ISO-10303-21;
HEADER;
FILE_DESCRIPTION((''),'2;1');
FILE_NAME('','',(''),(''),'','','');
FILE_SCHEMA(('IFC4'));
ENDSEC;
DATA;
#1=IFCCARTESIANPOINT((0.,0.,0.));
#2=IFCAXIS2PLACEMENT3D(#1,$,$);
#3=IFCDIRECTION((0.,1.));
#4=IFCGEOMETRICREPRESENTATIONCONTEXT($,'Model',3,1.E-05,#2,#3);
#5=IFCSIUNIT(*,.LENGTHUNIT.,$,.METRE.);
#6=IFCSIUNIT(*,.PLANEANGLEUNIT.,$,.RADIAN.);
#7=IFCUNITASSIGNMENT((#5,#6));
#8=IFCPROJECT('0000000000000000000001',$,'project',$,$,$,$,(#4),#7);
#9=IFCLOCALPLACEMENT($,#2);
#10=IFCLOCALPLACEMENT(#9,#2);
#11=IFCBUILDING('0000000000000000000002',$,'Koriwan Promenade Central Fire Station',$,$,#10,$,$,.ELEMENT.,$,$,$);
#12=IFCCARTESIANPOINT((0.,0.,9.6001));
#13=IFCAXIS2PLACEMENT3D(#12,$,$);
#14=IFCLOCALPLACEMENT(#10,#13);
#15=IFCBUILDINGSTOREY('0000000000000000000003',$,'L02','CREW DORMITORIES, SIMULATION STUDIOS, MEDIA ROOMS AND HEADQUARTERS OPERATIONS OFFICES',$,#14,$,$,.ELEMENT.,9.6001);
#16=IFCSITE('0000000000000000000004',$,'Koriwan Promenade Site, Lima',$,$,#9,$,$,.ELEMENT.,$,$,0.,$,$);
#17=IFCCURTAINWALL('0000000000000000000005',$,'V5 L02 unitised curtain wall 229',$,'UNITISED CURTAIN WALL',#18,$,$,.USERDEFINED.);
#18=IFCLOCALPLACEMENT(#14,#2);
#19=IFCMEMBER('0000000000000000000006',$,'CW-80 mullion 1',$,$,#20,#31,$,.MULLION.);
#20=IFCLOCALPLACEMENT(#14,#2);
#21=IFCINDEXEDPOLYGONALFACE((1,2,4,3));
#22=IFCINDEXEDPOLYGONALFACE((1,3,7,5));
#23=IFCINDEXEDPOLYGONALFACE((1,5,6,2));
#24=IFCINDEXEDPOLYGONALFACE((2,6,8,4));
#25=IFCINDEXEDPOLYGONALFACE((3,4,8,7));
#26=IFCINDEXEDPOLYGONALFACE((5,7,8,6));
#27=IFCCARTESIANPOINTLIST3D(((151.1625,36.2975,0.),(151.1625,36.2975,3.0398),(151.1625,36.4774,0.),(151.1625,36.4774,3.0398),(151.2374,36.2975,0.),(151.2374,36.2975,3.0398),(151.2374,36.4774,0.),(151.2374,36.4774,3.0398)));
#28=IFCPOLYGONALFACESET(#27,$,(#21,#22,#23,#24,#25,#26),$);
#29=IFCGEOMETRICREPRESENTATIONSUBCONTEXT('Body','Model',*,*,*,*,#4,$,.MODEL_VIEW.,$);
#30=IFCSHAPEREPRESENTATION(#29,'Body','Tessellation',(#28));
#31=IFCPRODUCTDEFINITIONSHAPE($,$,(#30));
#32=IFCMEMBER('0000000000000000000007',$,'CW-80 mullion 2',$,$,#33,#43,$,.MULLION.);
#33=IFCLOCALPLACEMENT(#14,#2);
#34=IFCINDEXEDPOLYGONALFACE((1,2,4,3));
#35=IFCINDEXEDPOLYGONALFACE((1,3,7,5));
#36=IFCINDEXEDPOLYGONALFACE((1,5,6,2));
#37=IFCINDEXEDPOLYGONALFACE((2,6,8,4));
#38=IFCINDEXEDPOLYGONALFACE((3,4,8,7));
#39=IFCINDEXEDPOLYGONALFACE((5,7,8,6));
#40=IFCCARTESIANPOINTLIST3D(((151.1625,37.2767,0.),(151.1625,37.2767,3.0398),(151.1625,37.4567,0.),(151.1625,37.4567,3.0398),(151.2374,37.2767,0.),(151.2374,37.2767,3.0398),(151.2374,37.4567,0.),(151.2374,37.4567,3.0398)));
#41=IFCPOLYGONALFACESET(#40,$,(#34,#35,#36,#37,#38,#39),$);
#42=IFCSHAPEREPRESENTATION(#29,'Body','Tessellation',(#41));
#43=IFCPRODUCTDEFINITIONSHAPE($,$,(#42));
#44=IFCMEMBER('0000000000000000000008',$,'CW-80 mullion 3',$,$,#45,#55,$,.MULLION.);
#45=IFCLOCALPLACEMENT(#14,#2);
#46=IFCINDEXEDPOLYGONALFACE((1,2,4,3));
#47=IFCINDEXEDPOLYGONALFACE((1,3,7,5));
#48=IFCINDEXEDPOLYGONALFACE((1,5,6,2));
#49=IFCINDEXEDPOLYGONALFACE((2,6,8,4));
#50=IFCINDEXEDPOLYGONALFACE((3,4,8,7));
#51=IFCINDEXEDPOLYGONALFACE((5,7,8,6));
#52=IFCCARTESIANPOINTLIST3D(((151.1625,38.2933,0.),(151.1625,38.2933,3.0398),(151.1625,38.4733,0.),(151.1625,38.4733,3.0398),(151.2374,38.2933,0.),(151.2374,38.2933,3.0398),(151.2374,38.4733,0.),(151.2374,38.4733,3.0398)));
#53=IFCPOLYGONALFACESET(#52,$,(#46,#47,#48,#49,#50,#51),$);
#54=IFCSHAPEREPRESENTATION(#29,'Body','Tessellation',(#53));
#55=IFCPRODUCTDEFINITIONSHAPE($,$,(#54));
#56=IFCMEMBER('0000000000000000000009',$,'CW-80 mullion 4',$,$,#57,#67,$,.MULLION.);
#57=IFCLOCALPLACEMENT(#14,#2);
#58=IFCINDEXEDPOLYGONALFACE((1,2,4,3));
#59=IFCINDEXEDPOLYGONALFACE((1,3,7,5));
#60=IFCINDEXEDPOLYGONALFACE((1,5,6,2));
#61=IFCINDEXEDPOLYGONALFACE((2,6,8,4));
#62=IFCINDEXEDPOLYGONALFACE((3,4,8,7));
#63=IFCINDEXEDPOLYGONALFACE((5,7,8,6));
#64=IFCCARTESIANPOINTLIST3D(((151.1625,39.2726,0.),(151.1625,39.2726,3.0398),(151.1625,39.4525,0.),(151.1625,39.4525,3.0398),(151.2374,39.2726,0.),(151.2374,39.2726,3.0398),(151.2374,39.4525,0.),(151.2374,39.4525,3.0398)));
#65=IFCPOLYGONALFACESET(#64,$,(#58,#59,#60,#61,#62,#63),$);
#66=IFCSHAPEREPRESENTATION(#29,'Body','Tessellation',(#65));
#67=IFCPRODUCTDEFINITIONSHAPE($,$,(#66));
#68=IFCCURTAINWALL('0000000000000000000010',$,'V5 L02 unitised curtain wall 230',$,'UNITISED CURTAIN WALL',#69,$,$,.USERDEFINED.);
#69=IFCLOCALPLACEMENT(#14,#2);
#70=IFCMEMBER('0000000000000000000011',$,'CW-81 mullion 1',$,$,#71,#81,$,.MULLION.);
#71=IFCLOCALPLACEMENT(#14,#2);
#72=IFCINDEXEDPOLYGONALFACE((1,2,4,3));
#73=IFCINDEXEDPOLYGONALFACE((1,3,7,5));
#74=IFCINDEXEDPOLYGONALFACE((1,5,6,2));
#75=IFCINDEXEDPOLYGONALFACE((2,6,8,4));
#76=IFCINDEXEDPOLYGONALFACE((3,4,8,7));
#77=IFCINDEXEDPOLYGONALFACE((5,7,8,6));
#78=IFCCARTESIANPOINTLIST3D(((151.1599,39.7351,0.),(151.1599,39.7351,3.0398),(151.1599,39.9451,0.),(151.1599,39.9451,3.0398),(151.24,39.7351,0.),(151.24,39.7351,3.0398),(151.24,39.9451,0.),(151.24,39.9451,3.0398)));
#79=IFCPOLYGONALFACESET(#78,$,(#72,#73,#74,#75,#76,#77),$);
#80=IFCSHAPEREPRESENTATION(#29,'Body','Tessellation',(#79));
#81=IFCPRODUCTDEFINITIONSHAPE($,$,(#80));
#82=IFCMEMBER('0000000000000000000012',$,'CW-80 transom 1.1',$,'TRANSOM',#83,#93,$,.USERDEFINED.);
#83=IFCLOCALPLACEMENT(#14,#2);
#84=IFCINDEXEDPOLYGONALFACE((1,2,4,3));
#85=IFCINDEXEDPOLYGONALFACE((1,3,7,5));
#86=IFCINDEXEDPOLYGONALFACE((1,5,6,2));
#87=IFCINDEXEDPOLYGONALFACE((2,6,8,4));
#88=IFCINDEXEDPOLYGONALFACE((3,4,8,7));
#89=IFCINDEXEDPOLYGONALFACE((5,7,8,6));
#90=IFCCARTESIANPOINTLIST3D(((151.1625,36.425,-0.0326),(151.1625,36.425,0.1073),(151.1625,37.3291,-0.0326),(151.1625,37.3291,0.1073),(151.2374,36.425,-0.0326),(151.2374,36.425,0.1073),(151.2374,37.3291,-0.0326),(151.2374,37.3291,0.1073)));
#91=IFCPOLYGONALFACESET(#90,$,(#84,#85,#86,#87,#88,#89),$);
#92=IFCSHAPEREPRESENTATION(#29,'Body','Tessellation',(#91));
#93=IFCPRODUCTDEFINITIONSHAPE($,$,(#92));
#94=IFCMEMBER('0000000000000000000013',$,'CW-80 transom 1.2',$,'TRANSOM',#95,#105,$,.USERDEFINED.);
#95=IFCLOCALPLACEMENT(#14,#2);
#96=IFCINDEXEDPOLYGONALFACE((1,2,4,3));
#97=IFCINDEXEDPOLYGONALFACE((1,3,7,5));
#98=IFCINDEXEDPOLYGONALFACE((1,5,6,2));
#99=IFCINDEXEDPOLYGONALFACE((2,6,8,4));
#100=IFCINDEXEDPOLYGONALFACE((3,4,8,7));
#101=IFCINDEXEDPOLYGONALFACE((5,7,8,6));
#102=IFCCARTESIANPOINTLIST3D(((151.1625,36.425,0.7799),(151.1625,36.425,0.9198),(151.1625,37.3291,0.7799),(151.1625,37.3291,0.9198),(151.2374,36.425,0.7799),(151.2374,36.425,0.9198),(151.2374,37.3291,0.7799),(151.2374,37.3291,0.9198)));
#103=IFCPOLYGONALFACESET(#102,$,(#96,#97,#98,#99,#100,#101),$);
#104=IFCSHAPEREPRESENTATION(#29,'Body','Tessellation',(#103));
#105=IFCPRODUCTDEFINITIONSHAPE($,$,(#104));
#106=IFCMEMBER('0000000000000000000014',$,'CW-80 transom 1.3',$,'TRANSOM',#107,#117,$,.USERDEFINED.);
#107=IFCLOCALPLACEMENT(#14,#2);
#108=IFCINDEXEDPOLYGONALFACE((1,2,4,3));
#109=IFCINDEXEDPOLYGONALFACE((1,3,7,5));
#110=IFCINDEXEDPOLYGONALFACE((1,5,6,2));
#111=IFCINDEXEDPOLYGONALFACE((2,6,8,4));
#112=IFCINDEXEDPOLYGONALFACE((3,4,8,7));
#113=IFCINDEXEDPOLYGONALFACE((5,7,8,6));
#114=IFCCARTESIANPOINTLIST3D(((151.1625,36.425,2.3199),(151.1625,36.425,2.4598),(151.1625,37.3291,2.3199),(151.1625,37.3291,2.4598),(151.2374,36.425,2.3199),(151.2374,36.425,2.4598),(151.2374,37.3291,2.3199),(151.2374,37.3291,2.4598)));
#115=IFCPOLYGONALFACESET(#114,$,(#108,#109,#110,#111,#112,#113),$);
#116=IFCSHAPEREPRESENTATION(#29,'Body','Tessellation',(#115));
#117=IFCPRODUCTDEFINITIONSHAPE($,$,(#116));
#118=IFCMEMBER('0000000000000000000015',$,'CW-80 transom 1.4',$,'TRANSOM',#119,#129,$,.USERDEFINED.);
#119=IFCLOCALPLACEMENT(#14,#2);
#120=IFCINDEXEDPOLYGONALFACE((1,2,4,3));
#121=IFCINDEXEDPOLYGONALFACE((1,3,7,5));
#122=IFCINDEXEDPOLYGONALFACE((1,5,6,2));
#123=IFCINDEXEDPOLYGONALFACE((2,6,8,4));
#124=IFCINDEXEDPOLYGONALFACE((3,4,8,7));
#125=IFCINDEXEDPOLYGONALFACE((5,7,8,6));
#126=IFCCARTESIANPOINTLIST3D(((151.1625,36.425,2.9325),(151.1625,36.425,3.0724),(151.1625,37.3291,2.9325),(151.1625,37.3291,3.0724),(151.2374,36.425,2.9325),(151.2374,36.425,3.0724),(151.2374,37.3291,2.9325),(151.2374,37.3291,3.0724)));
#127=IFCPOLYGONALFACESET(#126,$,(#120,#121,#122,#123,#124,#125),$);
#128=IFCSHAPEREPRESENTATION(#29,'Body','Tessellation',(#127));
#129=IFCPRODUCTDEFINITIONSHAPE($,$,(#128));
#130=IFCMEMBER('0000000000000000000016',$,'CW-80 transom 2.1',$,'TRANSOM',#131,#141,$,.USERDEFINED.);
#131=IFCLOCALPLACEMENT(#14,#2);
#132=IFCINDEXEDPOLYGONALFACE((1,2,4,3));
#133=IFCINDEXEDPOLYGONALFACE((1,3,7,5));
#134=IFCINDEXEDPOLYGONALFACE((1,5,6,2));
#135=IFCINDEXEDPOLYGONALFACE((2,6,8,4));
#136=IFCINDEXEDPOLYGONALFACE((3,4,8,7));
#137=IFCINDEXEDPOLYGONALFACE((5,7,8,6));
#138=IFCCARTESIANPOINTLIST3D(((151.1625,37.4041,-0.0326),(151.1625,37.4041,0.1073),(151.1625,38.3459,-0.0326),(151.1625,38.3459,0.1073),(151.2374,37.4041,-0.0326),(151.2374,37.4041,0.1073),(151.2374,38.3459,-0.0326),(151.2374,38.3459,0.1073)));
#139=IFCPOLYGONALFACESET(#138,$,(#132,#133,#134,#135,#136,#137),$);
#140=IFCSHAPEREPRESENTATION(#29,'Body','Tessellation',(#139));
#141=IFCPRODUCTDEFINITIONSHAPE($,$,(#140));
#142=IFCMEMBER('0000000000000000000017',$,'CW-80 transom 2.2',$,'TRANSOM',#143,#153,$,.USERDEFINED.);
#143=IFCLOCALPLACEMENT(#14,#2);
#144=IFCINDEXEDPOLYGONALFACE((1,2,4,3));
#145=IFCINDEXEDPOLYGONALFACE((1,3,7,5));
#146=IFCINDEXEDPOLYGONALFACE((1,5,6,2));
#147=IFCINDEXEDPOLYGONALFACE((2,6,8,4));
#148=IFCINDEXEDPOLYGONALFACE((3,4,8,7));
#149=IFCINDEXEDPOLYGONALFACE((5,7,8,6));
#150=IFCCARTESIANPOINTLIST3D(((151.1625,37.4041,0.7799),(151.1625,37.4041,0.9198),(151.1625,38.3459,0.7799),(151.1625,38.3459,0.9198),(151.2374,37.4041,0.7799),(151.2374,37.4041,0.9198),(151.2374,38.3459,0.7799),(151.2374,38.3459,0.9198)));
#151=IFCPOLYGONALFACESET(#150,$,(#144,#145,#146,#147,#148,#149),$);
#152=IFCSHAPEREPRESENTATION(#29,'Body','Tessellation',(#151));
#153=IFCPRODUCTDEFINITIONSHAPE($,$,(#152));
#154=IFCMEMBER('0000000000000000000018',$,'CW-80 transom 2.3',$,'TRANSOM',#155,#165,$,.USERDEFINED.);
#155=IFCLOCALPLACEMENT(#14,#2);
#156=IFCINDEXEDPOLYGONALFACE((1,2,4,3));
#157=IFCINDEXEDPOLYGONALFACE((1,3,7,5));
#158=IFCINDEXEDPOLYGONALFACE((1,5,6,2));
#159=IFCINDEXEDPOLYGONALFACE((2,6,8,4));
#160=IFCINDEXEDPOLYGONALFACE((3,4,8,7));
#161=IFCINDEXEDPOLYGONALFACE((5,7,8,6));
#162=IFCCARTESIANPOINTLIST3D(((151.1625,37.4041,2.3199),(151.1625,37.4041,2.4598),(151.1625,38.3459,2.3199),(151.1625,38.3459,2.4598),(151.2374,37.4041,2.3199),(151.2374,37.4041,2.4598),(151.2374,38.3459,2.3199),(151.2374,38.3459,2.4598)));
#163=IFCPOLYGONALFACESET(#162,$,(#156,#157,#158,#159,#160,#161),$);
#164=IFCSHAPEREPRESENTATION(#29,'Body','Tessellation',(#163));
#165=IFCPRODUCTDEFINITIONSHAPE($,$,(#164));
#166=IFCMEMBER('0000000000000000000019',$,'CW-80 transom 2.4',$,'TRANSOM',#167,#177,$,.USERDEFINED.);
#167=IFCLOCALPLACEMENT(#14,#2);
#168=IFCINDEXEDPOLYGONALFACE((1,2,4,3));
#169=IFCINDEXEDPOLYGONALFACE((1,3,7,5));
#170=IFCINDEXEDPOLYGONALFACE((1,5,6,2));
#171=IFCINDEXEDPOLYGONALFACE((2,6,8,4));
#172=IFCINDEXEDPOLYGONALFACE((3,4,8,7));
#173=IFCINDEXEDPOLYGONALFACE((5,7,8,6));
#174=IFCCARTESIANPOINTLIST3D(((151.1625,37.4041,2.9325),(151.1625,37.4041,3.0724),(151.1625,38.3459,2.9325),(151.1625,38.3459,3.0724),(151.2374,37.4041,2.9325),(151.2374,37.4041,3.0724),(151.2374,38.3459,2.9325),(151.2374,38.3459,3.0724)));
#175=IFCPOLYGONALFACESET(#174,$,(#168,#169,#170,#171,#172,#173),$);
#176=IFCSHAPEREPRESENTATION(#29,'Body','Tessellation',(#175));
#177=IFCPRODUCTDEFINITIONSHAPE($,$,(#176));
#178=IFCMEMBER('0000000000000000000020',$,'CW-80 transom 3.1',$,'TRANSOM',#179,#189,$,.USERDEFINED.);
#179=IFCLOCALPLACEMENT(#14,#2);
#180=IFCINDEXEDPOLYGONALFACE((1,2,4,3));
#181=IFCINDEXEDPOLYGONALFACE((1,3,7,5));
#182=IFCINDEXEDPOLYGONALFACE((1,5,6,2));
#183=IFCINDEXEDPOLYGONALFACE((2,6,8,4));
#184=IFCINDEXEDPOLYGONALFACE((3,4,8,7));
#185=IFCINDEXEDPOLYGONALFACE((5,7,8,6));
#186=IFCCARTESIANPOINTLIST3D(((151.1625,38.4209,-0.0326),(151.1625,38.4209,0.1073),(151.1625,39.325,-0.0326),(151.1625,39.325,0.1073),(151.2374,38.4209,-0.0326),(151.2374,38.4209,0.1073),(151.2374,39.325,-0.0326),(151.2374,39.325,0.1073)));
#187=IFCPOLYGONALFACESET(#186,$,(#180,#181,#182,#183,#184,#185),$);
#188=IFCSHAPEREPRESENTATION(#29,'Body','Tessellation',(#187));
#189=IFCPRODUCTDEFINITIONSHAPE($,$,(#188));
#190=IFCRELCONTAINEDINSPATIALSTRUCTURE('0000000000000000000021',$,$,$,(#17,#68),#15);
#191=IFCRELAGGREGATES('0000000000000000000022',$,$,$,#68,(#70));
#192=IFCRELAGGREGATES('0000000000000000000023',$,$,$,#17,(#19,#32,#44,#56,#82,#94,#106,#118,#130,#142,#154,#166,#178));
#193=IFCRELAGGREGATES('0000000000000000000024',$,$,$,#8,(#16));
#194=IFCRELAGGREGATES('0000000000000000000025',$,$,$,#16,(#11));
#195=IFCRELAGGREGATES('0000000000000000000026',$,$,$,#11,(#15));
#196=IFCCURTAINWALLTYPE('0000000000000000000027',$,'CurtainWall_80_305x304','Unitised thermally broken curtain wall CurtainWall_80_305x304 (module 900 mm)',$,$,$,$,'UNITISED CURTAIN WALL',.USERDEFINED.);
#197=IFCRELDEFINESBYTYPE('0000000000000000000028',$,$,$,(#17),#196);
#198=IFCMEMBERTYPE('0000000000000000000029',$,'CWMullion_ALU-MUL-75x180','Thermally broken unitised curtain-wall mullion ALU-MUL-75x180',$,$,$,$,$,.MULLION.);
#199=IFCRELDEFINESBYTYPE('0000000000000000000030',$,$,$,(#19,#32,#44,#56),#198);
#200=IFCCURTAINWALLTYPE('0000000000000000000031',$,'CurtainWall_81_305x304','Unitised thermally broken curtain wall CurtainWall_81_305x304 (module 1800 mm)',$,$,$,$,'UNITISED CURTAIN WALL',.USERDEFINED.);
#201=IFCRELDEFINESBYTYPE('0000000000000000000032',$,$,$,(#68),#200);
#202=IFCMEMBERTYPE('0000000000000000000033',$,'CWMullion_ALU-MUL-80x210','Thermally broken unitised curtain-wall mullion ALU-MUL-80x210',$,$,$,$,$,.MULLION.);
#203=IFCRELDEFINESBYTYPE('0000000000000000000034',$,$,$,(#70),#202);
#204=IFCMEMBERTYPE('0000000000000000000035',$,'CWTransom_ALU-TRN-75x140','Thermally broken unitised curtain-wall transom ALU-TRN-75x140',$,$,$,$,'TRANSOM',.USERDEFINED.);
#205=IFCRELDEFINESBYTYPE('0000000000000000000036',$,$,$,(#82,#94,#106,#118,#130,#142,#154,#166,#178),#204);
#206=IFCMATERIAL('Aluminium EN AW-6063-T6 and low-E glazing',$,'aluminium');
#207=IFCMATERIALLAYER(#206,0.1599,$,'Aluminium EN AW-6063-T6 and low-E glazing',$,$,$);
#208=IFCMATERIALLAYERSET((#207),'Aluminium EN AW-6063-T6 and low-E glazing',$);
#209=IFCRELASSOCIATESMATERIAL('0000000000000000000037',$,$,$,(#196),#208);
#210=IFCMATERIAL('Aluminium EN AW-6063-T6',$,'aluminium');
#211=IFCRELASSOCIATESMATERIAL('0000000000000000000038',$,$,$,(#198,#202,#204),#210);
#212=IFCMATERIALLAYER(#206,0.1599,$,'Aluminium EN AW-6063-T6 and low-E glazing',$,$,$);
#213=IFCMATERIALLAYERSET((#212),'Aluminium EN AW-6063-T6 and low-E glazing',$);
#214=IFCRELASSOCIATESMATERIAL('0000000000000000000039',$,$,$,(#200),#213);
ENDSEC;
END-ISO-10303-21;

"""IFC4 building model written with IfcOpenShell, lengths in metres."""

from ifc_helpers import new_model, si_unit, direction, frame, origin, origin_2d, place, context, subcontext, project, spatial, rectangle, extrude, material, layer, layer_set, material_profile, profile_set, type_object, element, aggregate, save


model = new_model("IFC4")

# Units and contexts
model_context = context("Model", 3, precision=1e-05, world=origin(), true_north=direction((0.0, 1.0)))
body_context = subcontext(model_context, "Body", "Model", "MODEL_VIEW")
ifc_project = project(units=[si_unit("LENGTHUNIT", "METRE"), si_unit("PLANEANGLEUNIT", "RADIAN")], contexts=[model_context])

# Site, building, storey
site_placement = place(None, origin())
site = spatial("IfcSite", under=ifc_project, at=site_placement, Name="Koriwan Promenade Site, Lima", CompositionType="ELEMENT", RefElevation=0.0)
building_placement = place(site_placement, origin())
building = spatial("IfcBuilding", under=site, at=building_placement, Name="Koriwan Promenade Central Fire Station", CompositionType="ELEMENT")
storey_placement = place(building_placement, frame((0.0, 0.0, 9.6001)))
storey = spatial("IfcBuildingStorey", under=building, at=storey_placement, Name="L02", Description="CREW DORMITORIES, SIMULATION STUDIOS, MEDIA ROOMS AND HEADQUARTERS OPERATIONS OFFICES", CompositionType="ELEMENT", Elevation=9.6001)

# Curtain wall, members
ifc_material_1 = material(Name="Aluminium EN AW-6063-T6 and low-E glazing", Category="aluminium")
ifc_layer_1 = layer(ifc_material_1, 0.1599, Name="Aluminium EN AW-6063-T6 and low-E glazing")
ifc_layer_set_1 = layer_set([ifc_layer_1], Name="Aluminium EN AW-6063-T6 and low-E glazing")
curtain_wall_type_1 = type_object("IfcCurtainWallType", Name="CurtainWall_80_305x304", Description="Unitised thermally broken curtain wall CurtainWall_80_305x304 (module 900 mm)", ElementType="UNITISED CURTAIN WALL", PredefinedType="USERDEFINED", material=ifc_layer_set_1)
curtain_wall_1_placement = place(storey_placement, origin())
curtain_wall_1 = element("IfcCurtainWall", 1, at=curtain_wall_1_placement, inside=storey, type_object=curtain_wall_type_1, Name="V5 L02 unitised curtain wall 229", ObjectType="UNITISED CURTAIN WALL", PredefinedType="USERDEFINED")
ifc_material_2 = material(Name="Aluminium EN AW-6063-T6", Category="aluminium")
ifc_material_profile_1 = material_profile(ifc_material_2, rectangle(XDim=0.075, YDim=0.1799, at=origin_2d()), Name="ALU-MUL-75x180")
ifc_profile_set_1 = profile_set([ifc_material_profile_1], Name="Aluminium EN AW-6063-T6")
member_type_1 = type_object("IfcMemberType", Name="CWMullion_ALU-MUL-75x180", Description="Thermally broken unitised curtain-wall mullion ALU-MUL-75x180", PredefinedType="MULLION", material=ifc_profile_set_1)
member_1_placement = place(storey_placement, frame((151.2, 36.3875, 0.0), z_axis=(0.0, 0.0, 1.0), x_axis=(-1.0, 0.0, 0.0)))
member_1 = element("IfcMember", 2, at=member_1_placement, type_object=member_type_1, Name="CW-80 mullion 1", PredefinedType="MULLION", context=body_context, shape_type="SweptSolid", body=[
    extrude(rectangle(XDim=0.075, YDim=0.1799, at=origin_2d()), origin(), (0.0, 0.0, 1.0), 3.0398),
])
member_2_placement = place(storey_placement, frame((151.2, 37.3667, 0.0), z_axis=(0.0, 0.0, 1.0), x_axis=(-1.0, 0.0, 0.0)))
member_2 = element("IfcMember", 3, at=member_2_placement, type_object=member_type_1, Name="CW-80 mullion 2", PredefinedType="MULLION", context=body_context, shape_type="SweptSolid", body=[
    extrude(rectangle(XDim=0.075, YDim=0.1799, at=origin_2d()), origin(), (0.0, 0.0, 1.0), 3.0398),
])
member_3_placement = place(storey_placement, frame((151.2, 38.3833, 0.0), z_axis=(0.0, 0.0, 1.0), x_axis=(-1.0, 0.0, 0.0)))
member_3 = element("IfcMember", 4, at=member_3_placement, type_object=member_type_1, Name="CW-80 mullion 3", PredefinedType="MULLION", context=body_context, shape_type="SweptSolid", body=[
    extrude(rectangle(XDim=0.075, YDim=0.1799, at=origin_2d()), origin(), (0.0, 0.0, 1.0), 3.0398),
])
member_4_placement = place(storey_placement, frame((151.2, 39.3625, 0.0), z_axis=(0.0, 0.0, 1.0), x_axis=(-1.0, 0.0, 0.0)))
member_4 = element("IfcMember", 5, at=member_4_placement, type_object=member_type_1, Name="CW-80 mullion 4", PredefinedType="MULLION", context=body_context, shape_type="SweptSolid", body=[
    extrude(rectangle(XDim=0.075, YDim=0.1799, at=origin_2d()), origin(), (0.0, 0.0, 1.0), 3.0398),
])

# Curtain wall, member
ifc_layer_2 = layer(ifc_material_1, 0.1599, Name="Aluminium EN AW-6063-T6 and low-E glazing")
ifc_layer_set_2 = layer_set([ifc_layer_2], Name="Aluminium EN AW-6063-T6 and low-E glazing")
curtain_wall_type_2 = type_object("IfcCurtainWallType", Name="CurtainWall_81_305x304", Description="Unitised thermally broken curtain wall CurtainWall_81_305x304 (module 1800 mm)", ElementType="UNITISED CURTAIN WALL", PredefinedType="USERDEFINED", material=ifc_layer_set_2)
curtain_wall_2_placement = place(storey_placement, origin())
curtain_wall_2 = element("IfcCurtainWall", 6, at=curtain_wall_2_placement, inside=storey, type_object=curtain_wall_type_2, Name="V5 L02 unitised curtain wall 230", ObjectType="UNITISED CURTAIN WALL", PredefinedType="USERDEFINED")
ifc_material_profile_2 = material_profile(ifc_material_2, rectangle(XDim=0.0801, YDim=0.21, at=origin_2d()), Name="ALU-MUL-80x210")
ifc_profile_set_2 = profile_set([ifc_material_profile_2], Name="Aluminium EN AW-6063-T6")
member_type_2 = type_object("IfcMemberType", Name="CWMullion_ALU-MUL-80x210", Description="Thermally broken unitised curtain-wall mullion ALU-MUL-80x210", PredefinedType="MULLION", material=ifc_profile_set_2)
member_5_placement = place(storey_placement, frame((151.2, 39.8401, 0.0), z_axis=(0.0, 0.0, 1.0), x_axis=(-1.0, 0.0, 0.0)))
member_5 = element("IfcMember", 7, at=member_5_placement, type_object=member_type_2, Name="CW-81 mullion 1", PredefinedType="MULLION", context=body_context, shape_type="SweptSolid", body=[
    extrude(rectangle(XDim=0.0801, YDim=0.21, at=origin_2d()), origin(), (0.0, 0.0, 1.0), 3.0398),
])

# Members
ifc_material_profile_3 = material_profile(ifc_material_2, rectangle(XDim=0.075, YDim=0.1399, at=origin_2d()), Name="ALU-TRN-75x140")
ifc_profile_set_3 = profile_set([ifc_material_profile_3], Name="Aluminium EN AW-6063-T6")
member_type_3 = type_object("IfcMemberType", Name="CWTransom_ALU-TRN-75x140", Description="Thermally broken unitised curtain-wall transom ALU-TRN-75x140", ElementType="TRANSOM", PredefinedType="USERDEFINED", material=ifc_profile_set_3)
member_6_placement = place(storey_placement, frame((151.2, 36.425, 0.0374), z_axis=(0.0, 1.0, 0.0), x_axis=(-1.0, 0.0, 0.0)))
member_6 = element("IfcMember", 8, at=member_6_placement, type_object=member_type_3, Name="CW-80 transom 1.1", ObjectType="TRANSOM", PredefinedType="USERDEFINED", context=body_context, shape_type="SweptSolid", body=[
    extrude(rectangle(XDim=0.075, YDim=0.1399, at=origin_2d()), origin(), (0.0, 0.0, 1.0), 0.9041),
])
member_7_placement = place(storey_placement, frame((151.2, 36.425, 0.8499), z_axis=(0.0, 1.0, 0.0), x_axis=(-1.0, 0.0, 0.0)))
member_7 = element("IfcMember", 9, at=member_7_placement, type_object=member_type_3, Name="CW-80 transom 1.2", ObjectType="TRANSOM", PredefinedType="USERDEFINED", context=body_context, shape_type="SweptSolid", body=[
    extrude(rectangle(XDim=0.075, YDim=0.1399, at=origin_2d()), origin(), (0.0, 0.0, 1.0), 0.9041),
])
member_8_placement = place(storey_placement, frame((151.2, 36.425, 2.3899), z_axis=(0.0, 1.0, 0.0), x_axis=(-1.0, 0.0, 0.0)))
member_8 = element("IfcMember", 10, at=member_8_placement, type_object=member_type_3, Name="CW-80 transom 1.3", ObjectType="TRANSOM", PredefinedType="USERDEFINED", context=body_context, shape_type="SweptSolid", body=[
    extrude(rectangle(XDim=0.075, YDim=0.1399, at=origin_2d()), origin(), (0.0, 0.0, 1.0), 0.9041),
])
member_9_placement = place(storey_placement, frame((151.2, 36.425, 3.0024), z_axis=(0.0, 1.0, 0.0), x_axis=(-1.0, 0.0, 0.0)))
member_9 = element("IfcMember", 11, at=member_9_placement, type_object=member_type_3, Name="CW-80 transom 1.4", ObjectType="TRANSOM", PredefinedType="USERDEFINED", context=body_context, shape_type="SweptSolid", body=[
    extrude(rectangle(XDim=0.075, YDim=0.1399, at=origin_2d()), origin(), (0.0, 0.0, 1.0), 0.9041),
])
member_10_placement = place(storey_placement, frame((151.2, 37.4041, 0.0374), z_axis=(0.0, 1.0, 0.0), x_axis=(-1.0, 0.0, 0.0)))
member_10 = element("IfcMember", 12, at=member_10_placement, type_object=member_type_3, Name="CW-80 transom 2.1", ObjectType="TRANSOM", PredefinedType="USERDEFINED", context=body_context, shape_type="SweptSolid", body=[
    extrude(rectangle(XDim=0.075, YDim=0.1399, at=origin_2d()), origin(), (0.0, 0.0, 1.0), 0.9419),
])
member_11_placement = place(storey_placement, frame((151.2, 37.4041, 0.8499), z_axis=(0.0, 1.0, 0.0), x_axis=(-1.0, 0.0, 0.0)))
member_11 = element("IfcMember", 13, at=member_11_placement, type_object=member_type_3, Name="CW-80 transom 2.2", ObjectType="TRANSOM", PredefinedType="USERDEFINED", context=body_context, shape_type="SweptSolid", body=[
    extrude(rectangle(XDim=0.075, YDim=0.1399, at=origin_2d()), origin(), (0.0, 0.0, 1.0), 0.9419),
])
member_12_placement = place(storey_placement, frame((151.2, 37.4041, 2.3899), z_axis=(0.0, 1.0, 0.0), x_axis=(-1.0, 0.0, 0.0)))
member_12 = element("IfcMember", 14, at=member_12_placement, type_object=member_type_3, Name="CW-80 transom 2.3", ObjectType="TRANSOM", PredefinedType="USERDEFINED", context=body_context, shape_type="SweptSolid", body=[
    extrude(rectangle(XDim=0.075, YDim=0.1399, at=origin_2d()), origin(), (0.0, 0.0, 1.0), 0.9419),
])
member_13_placement = place(storey_placement, frame((151.2, 37.4041, 3.0024), z_axis=(0.0, 1.0, 0.0), x_axis=(-1.0, 0.0, 0.0)))
member_13 = element("IfcMember", 15, at=member_13_placement, type_object=member_type_3, Name="CW-80 transom 2.4", ObjectType="TRANSOM", PredefinedType="USERDEFINED", context=body_context, shape_type="SweptSolid", body=[
    extrude(rectangle(XDim=0.075, YDim=0.1399, at=origin_2d()), origin(), (0.0, 0.0, 1.0), 0.9419),
])
member_14_placement = place(storey_placement, frame((151.2, 38.4209, 0.0374), z_axis=(0.0, 1.0, 0.0), x_axis=(-1.0, 0.0, 0.0)))
member_14 = element("IfcMember", 16, at=member_14_placement, type_object=member_type_3, Name="CW-80 transom 3.1", ObjectType="TRANSOM", PredefinedType="USERDEFINED", context=body_context, shape_type="SweptSolid", body=[
    extrude(rectangle(XDim=0.075, YDim=0.1399, at=origin_2d()), origin(), (0.0, 0.0, 1.0), 0.9041),
])
aggregate(curtain_wall_2, [member_5])

aggregate(curtain_wall_1, [member_1, member_2, member_3, member_4, member_6, member_7, member_8, member_9, member_10, member_11, member_12, member_13, member_14])

save(model, "model.ifc")
